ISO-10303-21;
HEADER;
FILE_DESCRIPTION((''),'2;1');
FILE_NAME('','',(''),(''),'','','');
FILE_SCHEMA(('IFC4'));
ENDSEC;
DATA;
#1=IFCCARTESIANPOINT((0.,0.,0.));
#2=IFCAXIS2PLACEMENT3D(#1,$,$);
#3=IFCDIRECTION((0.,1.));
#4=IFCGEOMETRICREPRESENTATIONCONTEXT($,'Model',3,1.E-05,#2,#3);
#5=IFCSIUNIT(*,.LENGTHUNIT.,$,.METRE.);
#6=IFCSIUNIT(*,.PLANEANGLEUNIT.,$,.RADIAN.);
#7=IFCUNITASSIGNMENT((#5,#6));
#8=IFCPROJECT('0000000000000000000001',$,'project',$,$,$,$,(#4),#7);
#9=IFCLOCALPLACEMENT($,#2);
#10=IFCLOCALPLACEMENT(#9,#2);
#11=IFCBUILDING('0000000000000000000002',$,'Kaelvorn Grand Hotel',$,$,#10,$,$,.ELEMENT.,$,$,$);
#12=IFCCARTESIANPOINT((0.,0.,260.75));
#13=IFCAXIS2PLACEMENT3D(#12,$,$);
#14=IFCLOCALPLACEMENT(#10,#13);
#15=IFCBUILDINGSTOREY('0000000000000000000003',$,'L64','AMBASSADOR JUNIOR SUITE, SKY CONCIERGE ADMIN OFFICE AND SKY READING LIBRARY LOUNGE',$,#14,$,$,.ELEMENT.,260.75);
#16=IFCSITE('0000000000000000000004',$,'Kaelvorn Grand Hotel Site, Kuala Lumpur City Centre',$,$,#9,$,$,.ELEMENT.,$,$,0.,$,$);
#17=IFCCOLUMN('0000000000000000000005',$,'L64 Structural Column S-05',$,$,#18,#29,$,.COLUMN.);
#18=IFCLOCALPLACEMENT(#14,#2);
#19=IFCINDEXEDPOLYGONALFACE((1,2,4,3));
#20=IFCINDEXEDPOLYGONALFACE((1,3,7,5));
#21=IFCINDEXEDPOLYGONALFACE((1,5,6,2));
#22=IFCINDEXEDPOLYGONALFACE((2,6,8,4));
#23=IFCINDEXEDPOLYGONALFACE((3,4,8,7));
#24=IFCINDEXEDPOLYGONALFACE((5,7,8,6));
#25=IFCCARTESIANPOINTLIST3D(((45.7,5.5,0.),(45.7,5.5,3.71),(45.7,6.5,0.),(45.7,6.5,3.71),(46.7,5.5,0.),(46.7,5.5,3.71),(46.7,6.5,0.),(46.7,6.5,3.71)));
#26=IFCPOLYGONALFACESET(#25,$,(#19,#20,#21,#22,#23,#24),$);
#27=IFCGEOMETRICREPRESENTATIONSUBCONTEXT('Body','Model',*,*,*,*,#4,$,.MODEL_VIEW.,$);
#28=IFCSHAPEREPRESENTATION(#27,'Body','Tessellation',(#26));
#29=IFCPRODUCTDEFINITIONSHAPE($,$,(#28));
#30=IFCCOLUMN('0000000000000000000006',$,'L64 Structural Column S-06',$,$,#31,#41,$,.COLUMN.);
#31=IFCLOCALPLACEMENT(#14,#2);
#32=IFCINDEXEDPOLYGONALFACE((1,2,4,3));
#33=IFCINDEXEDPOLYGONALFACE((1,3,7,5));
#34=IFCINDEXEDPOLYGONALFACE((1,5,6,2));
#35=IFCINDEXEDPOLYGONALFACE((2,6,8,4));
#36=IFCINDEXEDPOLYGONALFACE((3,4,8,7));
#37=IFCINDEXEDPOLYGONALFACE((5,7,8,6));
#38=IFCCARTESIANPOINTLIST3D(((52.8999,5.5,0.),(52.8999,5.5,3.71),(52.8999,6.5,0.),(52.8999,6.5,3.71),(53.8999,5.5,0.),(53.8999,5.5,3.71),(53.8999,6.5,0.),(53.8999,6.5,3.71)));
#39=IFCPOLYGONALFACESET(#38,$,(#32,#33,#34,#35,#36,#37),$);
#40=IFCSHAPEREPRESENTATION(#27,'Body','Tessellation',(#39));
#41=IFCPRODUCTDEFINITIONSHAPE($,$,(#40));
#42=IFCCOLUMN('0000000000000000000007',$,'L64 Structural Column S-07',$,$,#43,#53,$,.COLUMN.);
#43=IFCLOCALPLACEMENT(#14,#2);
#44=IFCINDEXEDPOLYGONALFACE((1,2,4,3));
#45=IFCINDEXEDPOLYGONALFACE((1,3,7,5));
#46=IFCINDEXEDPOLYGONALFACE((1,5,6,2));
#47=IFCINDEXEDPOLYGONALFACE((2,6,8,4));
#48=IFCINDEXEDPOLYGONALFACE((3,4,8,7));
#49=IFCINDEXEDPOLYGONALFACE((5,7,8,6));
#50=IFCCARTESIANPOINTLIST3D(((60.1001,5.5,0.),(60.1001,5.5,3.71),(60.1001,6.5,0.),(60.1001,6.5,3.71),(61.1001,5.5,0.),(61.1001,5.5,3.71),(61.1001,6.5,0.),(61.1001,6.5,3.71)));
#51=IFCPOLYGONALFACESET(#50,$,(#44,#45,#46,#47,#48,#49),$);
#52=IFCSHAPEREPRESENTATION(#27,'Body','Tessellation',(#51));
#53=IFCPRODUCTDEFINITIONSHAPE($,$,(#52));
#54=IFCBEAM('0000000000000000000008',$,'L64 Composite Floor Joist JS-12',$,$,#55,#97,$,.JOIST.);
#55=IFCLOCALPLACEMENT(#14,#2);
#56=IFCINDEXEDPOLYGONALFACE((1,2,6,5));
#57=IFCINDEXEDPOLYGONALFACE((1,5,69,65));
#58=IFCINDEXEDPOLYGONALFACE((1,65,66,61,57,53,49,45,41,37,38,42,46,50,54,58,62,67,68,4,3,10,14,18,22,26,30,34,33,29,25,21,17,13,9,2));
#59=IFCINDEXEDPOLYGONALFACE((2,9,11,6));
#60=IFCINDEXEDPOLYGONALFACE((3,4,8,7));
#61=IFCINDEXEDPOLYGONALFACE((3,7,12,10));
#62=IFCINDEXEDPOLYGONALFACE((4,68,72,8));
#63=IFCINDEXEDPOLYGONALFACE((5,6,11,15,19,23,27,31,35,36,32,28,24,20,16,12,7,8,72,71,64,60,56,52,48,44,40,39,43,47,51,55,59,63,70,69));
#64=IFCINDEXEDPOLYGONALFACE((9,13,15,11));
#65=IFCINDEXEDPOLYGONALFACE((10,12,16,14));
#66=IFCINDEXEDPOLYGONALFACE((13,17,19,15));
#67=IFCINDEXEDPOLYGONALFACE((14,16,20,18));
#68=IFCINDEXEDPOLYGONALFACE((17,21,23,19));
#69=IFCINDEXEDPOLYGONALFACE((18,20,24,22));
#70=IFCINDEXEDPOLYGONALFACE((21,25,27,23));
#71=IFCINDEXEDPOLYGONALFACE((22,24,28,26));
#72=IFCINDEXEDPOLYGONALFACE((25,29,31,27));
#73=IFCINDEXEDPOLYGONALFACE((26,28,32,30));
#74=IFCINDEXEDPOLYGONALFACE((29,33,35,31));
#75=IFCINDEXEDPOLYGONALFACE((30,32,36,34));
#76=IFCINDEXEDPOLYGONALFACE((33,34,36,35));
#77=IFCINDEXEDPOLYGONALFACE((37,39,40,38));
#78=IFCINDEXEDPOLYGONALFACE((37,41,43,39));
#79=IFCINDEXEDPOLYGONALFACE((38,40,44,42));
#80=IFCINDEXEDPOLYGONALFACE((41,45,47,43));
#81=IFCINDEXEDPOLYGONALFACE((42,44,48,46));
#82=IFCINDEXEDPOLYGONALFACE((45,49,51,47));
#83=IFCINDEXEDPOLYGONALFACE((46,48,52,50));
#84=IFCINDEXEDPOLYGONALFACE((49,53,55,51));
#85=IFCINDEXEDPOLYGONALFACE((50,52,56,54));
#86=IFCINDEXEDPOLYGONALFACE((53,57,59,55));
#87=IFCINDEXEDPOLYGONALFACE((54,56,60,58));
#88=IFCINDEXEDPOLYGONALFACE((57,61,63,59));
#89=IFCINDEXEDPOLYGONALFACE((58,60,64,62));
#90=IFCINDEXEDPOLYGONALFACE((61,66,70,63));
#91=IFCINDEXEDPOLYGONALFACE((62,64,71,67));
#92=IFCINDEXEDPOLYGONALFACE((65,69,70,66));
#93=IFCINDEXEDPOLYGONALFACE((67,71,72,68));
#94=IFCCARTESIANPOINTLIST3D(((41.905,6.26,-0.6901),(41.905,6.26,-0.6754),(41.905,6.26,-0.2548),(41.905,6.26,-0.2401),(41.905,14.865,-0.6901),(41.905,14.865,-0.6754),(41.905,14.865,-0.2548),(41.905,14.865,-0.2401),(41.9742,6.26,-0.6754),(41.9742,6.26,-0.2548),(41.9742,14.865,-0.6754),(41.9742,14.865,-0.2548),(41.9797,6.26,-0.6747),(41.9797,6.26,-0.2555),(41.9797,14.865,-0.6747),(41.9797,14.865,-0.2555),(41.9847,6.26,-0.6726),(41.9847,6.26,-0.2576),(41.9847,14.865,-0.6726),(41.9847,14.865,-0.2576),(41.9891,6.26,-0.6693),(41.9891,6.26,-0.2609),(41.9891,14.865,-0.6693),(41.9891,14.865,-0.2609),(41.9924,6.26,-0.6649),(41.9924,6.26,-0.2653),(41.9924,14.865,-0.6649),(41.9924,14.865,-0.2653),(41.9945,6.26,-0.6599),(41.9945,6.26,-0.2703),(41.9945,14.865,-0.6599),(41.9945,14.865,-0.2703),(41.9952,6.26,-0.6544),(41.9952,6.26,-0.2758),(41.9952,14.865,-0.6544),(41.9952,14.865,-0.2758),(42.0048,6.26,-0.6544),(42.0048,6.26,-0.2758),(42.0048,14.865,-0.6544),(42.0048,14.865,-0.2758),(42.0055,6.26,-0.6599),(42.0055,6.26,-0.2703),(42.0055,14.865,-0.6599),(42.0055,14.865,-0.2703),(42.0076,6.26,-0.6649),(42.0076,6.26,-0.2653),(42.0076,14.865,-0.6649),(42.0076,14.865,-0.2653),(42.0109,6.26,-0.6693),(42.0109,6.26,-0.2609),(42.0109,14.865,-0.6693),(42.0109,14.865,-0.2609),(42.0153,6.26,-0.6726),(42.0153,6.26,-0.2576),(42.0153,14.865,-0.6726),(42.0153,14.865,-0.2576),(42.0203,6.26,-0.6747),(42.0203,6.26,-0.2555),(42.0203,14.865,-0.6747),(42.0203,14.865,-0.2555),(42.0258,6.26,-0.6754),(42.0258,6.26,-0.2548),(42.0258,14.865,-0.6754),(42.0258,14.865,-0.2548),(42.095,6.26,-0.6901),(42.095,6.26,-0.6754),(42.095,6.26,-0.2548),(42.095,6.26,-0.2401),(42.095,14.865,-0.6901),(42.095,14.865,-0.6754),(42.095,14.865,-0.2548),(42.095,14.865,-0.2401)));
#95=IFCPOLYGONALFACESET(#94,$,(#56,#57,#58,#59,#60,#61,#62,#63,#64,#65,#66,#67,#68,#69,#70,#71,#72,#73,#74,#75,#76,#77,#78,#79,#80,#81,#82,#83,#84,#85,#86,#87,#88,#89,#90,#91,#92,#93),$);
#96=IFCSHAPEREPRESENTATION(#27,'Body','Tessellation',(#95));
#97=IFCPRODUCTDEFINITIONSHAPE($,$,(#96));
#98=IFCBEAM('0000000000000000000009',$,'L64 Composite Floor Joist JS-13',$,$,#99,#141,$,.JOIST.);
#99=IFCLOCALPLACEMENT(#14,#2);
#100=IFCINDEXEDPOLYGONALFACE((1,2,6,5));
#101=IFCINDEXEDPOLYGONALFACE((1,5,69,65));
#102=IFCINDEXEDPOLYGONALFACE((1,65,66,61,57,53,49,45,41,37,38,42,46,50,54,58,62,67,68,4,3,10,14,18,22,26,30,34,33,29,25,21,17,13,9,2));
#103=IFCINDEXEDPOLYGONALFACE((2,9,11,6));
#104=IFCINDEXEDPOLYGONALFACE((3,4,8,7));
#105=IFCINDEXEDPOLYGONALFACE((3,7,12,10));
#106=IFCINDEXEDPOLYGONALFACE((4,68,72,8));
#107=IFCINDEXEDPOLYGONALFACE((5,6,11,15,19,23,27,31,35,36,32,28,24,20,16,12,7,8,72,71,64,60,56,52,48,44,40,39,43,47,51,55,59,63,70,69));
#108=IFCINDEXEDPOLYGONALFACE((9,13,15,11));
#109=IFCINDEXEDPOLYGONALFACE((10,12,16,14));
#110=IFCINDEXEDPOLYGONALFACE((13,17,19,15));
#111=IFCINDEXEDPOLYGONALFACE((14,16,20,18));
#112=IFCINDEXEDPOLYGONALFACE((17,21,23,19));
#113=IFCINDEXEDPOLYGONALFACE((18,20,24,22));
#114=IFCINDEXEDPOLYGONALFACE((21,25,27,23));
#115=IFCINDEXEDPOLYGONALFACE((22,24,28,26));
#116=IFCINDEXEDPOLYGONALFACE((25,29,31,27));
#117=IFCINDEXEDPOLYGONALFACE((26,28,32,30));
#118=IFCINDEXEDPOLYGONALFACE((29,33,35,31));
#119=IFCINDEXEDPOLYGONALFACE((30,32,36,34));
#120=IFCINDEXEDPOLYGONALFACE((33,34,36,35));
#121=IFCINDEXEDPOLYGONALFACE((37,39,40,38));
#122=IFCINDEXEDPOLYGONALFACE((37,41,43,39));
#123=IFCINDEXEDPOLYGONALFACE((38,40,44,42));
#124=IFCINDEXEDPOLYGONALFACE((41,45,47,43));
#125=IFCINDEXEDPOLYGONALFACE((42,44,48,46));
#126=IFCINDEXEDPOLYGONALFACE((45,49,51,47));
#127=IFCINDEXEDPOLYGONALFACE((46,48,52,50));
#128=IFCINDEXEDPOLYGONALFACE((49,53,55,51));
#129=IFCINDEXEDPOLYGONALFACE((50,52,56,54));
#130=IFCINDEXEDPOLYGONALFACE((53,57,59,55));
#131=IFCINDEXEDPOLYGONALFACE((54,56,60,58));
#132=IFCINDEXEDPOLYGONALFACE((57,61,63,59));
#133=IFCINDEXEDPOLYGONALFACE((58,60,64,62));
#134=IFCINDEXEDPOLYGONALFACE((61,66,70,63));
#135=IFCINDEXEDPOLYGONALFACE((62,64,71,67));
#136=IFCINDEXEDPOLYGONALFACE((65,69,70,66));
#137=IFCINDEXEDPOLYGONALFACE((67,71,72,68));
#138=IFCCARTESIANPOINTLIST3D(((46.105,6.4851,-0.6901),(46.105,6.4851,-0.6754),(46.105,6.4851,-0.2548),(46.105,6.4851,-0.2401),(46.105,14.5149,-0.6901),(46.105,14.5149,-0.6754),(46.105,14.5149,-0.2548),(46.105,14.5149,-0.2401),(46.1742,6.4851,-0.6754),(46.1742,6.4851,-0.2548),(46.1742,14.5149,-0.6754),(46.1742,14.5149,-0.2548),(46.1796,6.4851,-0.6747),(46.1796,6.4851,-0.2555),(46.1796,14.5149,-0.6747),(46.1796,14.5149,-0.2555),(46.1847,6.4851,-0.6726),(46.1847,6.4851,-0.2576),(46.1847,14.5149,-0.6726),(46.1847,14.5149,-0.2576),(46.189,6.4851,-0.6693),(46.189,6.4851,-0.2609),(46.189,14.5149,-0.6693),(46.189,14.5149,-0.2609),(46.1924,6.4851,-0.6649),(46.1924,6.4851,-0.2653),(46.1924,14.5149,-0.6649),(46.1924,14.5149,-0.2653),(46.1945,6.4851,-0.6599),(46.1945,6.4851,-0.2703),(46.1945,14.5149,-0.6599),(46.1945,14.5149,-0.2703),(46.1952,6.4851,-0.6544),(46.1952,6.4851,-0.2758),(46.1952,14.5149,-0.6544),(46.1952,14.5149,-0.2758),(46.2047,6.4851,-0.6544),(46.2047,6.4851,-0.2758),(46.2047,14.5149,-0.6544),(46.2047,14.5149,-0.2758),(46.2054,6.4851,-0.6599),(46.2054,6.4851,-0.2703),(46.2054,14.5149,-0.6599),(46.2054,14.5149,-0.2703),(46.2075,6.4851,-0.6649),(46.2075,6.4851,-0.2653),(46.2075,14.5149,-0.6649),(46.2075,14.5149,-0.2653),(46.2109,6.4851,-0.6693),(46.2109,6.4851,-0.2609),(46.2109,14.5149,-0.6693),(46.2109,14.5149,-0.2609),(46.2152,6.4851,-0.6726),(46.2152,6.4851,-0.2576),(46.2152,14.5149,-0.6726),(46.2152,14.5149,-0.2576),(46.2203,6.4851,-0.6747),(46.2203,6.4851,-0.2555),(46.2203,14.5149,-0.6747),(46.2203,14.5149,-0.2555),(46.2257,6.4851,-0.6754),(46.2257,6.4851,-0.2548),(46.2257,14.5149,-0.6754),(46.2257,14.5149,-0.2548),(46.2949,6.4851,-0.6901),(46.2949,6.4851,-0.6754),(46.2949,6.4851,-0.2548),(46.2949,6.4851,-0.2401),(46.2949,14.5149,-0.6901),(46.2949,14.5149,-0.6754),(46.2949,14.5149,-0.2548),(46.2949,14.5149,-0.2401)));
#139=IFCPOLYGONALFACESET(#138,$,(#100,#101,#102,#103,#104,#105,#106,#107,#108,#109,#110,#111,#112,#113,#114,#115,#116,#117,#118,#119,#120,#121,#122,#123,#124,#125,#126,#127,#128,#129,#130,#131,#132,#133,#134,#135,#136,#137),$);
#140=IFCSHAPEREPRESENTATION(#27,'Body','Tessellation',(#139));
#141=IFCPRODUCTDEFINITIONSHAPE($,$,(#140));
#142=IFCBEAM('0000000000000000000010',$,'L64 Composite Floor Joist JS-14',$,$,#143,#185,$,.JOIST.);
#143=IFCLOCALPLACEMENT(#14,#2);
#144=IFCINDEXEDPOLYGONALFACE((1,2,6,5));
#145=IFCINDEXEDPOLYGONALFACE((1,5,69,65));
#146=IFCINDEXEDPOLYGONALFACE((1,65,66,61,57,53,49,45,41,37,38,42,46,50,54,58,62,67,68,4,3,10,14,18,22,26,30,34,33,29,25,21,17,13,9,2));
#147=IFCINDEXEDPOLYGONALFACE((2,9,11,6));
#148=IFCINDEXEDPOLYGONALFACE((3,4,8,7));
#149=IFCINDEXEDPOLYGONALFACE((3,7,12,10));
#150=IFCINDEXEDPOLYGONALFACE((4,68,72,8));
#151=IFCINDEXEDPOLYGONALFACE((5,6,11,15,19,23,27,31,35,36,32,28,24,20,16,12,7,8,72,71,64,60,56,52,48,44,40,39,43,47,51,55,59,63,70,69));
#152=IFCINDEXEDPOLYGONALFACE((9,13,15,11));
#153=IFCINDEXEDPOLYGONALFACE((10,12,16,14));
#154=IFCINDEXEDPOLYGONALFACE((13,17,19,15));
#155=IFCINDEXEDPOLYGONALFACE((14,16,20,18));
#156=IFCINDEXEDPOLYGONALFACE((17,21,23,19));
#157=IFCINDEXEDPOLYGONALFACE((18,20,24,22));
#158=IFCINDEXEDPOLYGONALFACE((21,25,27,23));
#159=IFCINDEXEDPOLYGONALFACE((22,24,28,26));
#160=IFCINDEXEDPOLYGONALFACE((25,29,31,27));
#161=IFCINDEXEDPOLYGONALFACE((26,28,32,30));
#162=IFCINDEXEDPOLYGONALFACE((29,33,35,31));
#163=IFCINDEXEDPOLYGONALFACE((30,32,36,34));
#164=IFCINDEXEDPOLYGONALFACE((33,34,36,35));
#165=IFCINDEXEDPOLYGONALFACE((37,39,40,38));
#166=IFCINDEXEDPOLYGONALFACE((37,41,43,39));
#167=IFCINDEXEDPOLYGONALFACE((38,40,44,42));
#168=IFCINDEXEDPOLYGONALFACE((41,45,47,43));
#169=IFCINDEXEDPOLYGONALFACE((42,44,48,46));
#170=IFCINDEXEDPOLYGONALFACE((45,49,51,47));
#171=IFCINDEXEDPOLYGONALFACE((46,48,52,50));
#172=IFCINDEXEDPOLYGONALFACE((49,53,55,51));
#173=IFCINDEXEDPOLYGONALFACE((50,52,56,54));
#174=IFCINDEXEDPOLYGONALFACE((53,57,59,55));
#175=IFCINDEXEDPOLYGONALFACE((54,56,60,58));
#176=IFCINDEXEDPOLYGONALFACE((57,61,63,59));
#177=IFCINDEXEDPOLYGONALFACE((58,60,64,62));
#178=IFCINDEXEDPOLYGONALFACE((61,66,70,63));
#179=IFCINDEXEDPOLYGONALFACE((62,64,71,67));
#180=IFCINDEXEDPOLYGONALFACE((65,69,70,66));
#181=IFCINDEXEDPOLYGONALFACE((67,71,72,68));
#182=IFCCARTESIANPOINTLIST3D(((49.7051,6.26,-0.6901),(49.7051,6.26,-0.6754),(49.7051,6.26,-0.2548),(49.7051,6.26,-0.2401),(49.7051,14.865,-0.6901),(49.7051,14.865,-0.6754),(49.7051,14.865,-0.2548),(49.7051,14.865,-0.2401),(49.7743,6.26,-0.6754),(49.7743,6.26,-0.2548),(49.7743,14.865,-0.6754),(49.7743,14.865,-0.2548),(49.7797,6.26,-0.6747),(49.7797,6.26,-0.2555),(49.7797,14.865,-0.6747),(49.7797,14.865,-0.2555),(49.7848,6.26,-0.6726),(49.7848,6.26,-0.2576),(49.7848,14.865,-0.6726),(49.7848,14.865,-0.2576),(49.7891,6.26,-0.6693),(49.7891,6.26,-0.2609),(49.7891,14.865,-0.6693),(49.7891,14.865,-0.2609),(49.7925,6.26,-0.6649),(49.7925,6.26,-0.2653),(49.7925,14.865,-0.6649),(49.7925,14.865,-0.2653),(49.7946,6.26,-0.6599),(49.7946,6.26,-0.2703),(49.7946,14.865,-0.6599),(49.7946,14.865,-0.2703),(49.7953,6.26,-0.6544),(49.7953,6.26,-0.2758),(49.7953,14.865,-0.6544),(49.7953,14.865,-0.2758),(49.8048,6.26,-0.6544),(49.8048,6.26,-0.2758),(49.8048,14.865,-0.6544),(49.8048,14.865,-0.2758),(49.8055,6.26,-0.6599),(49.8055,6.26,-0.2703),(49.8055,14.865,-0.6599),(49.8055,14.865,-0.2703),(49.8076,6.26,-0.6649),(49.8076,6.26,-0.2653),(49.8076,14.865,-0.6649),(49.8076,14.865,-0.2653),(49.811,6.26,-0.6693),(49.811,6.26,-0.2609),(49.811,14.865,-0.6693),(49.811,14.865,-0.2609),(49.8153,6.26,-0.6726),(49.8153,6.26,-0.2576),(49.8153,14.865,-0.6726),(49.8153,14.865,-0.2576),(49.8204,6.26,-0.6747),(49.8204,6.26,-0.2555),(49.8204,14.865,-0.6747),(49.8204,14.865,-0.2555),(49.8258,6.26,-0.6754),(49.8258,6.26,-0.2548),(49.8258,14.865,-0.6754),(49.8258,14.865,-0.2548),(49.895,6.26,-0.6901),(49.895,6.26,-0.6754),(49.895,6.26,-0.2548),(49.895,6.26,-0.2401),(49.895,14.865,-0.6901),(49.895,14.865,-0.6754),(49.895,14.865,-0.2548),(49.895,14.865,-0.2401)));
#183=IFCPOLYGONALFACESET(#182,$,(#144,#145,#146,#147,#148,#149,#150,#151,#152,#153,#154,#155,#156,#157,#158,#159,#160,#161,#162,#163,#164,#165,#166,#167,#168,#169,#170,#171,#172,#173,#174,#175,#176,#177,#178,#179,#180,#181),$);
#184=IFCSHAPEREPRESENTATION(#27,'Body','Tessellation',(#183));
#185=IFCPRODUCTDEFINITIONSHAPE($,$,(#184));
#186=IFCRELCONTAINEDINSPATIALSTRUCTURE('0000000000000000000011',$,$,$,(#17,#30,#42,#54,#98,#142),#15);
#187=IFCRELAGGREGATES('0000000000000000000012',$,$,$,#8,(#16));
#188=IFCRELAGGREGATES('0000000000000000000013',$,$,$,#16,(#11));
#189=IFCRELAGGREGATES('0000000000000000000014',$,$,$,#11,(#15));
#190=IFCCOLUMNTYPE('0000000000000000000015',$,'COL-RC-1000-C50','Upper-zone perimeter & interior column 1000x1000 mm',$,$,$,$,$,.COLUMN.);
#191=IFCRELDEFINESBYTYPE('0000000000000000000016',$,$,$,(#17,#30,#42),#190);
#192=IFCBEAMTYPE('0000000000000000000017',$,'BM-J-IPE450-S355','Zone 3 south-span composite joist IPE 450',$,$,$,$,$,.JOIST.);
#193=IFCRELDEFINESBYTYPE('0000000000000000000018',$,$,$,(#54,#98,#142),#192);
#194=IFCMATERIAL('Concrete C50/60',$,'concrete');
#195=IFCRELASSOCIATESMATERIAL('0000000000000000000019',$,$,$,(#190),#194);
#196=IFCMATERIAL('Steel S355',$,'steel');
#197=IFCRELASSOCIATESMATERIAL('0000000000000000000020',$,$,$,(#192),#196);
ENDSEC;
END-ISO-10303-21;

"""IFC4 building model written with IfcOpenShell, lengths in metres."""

from ifc_helpers import new_model, si_unit, direction, frame, origin, origin_2d, place, context, subcontext, project, spatial, rectangle, i_section, extrude, material, material_profile, profile_set, type_object, element, save


model = new_model("IFC4")

# Units and contexts
model_context = context("Model", 3, precision=1e-05, world=origin(), true_north=direction((0.0, 1.0)))
body_context = subcontext(model_context, "Body", "Model", "MODEL_VIEW")
ifc_project = project(units=[si_unit("LENGTHUNIT", "METRE"), si_unit("PLANEANGLEUNIT", "RADIAN")], contexts=[model_context])

# Site, building, storey
site_placement = place(None, origin())
site = spatial("IfcSite", under=ifc_project, at=site_placement, Name="Kaelvorn Grand Hotel Site, Kuala Lumpur City Centre", CompositionType="ELEMENT", RefElevation=0.0)
building_placement = place(site_placement, origin())
building = spatial("IfcBuilding", under=site, at=building_placement, Name="Kaelvorn Grand Hotel", CompositionType="ELEMENT")
storey_placement = place(building_placement, frame((0.0, 0.0, 260.75)))
storey = spatial("IfcBuildingStorey", under=building, at=storey_placement, Name="L64", Description="AMBASSADOR JUNIOR SUITE, SKY CONCIERGE ADMIN OFFICE AND SKY READING LIBRARY LOUNGE", CompositionType="ELEMENT", Elevation=260.75)

# Columns
ifc_material_1 = material(Name="Concrete C50/60", Category="concrete")
ifc_material_profile_1 = material_profile(ifc_material_1, rectangle(XDim=1.0, YDim=1.0, at=origin_2d()), Name="RC COL 1000x1000")
ifc_profile_set_1 = profile_set([ifc_material_profile_1], Name="Concrete C50/60")
column_type = type_object("IfcColumnType", Name="COL-RC-1000-C50", Description="Upper-zone perimeter & interior column 1000x1000 mm", PredefinedType="COLUMN", material=ifc_profile_set_1)
for number, where, z_axis, x_axis, name in (
    (1, (46.2, 6.0, 0.0), (0.0, 0.0, 1.0), (1.0, 0.0, 0.0), "L64 Structural Column S-05"),
    (2, (53.3999, 6.0, 0.0), (0.0, 0.0, 1.0), (1.0, 0.0, 0.0), "L64 Structural Column S-06"),
    (3, (60.6001, 6.0, 0.0), (0.0, 0.0, 1.0), (1.0, 0.0, 0.0), "L64 Structural Column S-07"),
):
    element("IfcColumn", number, at=place(storey_placement, frame(where, z_axis=z_axis, x_axis=x_axis)), inside=storey, type_object=column_type, Name=name, PredefinedType="COLUMN", context=body_context, shape_type="SweptSolid", body=[
        extrude(rectangle(XDim=1.0, YDim=1.0, at=origin_2d()), origin(), (0.0, 0.0, 1.0), 3.71),
    ])

# Beams
ifc_material_2 = material(Name="Steel S355", Category="steel")
ifc_material_profile_2 = material_profile(ifc_material_2, i_section(OverallWidth=0.1899, OverallDepth=0.45, WebThickness=0.0095, FlangeThickness=0.0146, FilletRadius=0.021, at=origin_2d()), Name="IPE 450")
ifc_profile_set_2 = profile_set([ifc_material_profile_2], Name="Steel S355")
beam_type_1 = type_object("IfcBeamType", Name="BM-J-IPE450-S355", Description="Zone 3 south-span composite joist IPE 450", PredefinedType="JOIST", material=ifc_profile_set_2)
beam_1_placement = place(storey_placement, frame((42.0, 6.26, -0.4651), z_axis=(0.0, 1.0, 0.0), x_axis=(-1.0, 0.0, 0.0)))
element("IfcBeam", 4, at=beam_1_placement, inside=storey, type_object=beam_type_1, Name="L64 Composite Floor Joist JS-12", PredefinedType="JOIST", context=body_context, shape_type="SweptSolid", body=[
    extrude(i_section(OverallWidth=0.1899, OverallDepth=0.45, WebThickness=0.0095, FlangeThickness=0.0146, FilletRadius=0.021, at=origin_2d()), origin(), (0.0, 0.0, 1.0), 8.605),
])
beam_2_placement = place(storey_placement, frame((46.2, 6.4851, -0.4651), z_axis=(0.0, 1.0, 0.0), x_axis=(-1.0, 0.0, 0.0)))
element("IfcBeam", 5, at=beam_2_placement, inside=storey, type_object=beam_type_1, Name="L64 Composite Floor Joist JS-13", PredefinedType="JOIST", context=body_context, shape_type="SweptSolid", body=[
    extrude(i_section(OverallWidth=0.1899, OverallDepth=0.45, WebThickness=0.0095, FlangeThickness=0.0146, FilletRadius=0.021, at=origin_2d()), origin(), (0.0, 0.0, 1.0), 8.0298),
])
beam_3_placement = place(storey_placement, frame((49.8, 6.26, -0.4651), z_axis=(0.0, 1.0, 0.0), x_axis=(-1.0, 0.0, 0.0)))
element("IfcBeam", 6, at=beam_3_placement, inside=storey, type_object=beam_type_1, Name="L64 Composite Floor Joist JS-14", PredefinedType="JOIST", context=body_context, shape_type="SweptSolid", body=[
    extrude(i_section(OverallWidth=0.1899, OverallDepth=0.45, WebThickness=0.0095, FlangeThickness=0.0146, FilletRadius=0.021, at=origin_2d()), origin(), (0.0, 0.0, 1.0), 8.605),
])

save(model, "model.ifc")
